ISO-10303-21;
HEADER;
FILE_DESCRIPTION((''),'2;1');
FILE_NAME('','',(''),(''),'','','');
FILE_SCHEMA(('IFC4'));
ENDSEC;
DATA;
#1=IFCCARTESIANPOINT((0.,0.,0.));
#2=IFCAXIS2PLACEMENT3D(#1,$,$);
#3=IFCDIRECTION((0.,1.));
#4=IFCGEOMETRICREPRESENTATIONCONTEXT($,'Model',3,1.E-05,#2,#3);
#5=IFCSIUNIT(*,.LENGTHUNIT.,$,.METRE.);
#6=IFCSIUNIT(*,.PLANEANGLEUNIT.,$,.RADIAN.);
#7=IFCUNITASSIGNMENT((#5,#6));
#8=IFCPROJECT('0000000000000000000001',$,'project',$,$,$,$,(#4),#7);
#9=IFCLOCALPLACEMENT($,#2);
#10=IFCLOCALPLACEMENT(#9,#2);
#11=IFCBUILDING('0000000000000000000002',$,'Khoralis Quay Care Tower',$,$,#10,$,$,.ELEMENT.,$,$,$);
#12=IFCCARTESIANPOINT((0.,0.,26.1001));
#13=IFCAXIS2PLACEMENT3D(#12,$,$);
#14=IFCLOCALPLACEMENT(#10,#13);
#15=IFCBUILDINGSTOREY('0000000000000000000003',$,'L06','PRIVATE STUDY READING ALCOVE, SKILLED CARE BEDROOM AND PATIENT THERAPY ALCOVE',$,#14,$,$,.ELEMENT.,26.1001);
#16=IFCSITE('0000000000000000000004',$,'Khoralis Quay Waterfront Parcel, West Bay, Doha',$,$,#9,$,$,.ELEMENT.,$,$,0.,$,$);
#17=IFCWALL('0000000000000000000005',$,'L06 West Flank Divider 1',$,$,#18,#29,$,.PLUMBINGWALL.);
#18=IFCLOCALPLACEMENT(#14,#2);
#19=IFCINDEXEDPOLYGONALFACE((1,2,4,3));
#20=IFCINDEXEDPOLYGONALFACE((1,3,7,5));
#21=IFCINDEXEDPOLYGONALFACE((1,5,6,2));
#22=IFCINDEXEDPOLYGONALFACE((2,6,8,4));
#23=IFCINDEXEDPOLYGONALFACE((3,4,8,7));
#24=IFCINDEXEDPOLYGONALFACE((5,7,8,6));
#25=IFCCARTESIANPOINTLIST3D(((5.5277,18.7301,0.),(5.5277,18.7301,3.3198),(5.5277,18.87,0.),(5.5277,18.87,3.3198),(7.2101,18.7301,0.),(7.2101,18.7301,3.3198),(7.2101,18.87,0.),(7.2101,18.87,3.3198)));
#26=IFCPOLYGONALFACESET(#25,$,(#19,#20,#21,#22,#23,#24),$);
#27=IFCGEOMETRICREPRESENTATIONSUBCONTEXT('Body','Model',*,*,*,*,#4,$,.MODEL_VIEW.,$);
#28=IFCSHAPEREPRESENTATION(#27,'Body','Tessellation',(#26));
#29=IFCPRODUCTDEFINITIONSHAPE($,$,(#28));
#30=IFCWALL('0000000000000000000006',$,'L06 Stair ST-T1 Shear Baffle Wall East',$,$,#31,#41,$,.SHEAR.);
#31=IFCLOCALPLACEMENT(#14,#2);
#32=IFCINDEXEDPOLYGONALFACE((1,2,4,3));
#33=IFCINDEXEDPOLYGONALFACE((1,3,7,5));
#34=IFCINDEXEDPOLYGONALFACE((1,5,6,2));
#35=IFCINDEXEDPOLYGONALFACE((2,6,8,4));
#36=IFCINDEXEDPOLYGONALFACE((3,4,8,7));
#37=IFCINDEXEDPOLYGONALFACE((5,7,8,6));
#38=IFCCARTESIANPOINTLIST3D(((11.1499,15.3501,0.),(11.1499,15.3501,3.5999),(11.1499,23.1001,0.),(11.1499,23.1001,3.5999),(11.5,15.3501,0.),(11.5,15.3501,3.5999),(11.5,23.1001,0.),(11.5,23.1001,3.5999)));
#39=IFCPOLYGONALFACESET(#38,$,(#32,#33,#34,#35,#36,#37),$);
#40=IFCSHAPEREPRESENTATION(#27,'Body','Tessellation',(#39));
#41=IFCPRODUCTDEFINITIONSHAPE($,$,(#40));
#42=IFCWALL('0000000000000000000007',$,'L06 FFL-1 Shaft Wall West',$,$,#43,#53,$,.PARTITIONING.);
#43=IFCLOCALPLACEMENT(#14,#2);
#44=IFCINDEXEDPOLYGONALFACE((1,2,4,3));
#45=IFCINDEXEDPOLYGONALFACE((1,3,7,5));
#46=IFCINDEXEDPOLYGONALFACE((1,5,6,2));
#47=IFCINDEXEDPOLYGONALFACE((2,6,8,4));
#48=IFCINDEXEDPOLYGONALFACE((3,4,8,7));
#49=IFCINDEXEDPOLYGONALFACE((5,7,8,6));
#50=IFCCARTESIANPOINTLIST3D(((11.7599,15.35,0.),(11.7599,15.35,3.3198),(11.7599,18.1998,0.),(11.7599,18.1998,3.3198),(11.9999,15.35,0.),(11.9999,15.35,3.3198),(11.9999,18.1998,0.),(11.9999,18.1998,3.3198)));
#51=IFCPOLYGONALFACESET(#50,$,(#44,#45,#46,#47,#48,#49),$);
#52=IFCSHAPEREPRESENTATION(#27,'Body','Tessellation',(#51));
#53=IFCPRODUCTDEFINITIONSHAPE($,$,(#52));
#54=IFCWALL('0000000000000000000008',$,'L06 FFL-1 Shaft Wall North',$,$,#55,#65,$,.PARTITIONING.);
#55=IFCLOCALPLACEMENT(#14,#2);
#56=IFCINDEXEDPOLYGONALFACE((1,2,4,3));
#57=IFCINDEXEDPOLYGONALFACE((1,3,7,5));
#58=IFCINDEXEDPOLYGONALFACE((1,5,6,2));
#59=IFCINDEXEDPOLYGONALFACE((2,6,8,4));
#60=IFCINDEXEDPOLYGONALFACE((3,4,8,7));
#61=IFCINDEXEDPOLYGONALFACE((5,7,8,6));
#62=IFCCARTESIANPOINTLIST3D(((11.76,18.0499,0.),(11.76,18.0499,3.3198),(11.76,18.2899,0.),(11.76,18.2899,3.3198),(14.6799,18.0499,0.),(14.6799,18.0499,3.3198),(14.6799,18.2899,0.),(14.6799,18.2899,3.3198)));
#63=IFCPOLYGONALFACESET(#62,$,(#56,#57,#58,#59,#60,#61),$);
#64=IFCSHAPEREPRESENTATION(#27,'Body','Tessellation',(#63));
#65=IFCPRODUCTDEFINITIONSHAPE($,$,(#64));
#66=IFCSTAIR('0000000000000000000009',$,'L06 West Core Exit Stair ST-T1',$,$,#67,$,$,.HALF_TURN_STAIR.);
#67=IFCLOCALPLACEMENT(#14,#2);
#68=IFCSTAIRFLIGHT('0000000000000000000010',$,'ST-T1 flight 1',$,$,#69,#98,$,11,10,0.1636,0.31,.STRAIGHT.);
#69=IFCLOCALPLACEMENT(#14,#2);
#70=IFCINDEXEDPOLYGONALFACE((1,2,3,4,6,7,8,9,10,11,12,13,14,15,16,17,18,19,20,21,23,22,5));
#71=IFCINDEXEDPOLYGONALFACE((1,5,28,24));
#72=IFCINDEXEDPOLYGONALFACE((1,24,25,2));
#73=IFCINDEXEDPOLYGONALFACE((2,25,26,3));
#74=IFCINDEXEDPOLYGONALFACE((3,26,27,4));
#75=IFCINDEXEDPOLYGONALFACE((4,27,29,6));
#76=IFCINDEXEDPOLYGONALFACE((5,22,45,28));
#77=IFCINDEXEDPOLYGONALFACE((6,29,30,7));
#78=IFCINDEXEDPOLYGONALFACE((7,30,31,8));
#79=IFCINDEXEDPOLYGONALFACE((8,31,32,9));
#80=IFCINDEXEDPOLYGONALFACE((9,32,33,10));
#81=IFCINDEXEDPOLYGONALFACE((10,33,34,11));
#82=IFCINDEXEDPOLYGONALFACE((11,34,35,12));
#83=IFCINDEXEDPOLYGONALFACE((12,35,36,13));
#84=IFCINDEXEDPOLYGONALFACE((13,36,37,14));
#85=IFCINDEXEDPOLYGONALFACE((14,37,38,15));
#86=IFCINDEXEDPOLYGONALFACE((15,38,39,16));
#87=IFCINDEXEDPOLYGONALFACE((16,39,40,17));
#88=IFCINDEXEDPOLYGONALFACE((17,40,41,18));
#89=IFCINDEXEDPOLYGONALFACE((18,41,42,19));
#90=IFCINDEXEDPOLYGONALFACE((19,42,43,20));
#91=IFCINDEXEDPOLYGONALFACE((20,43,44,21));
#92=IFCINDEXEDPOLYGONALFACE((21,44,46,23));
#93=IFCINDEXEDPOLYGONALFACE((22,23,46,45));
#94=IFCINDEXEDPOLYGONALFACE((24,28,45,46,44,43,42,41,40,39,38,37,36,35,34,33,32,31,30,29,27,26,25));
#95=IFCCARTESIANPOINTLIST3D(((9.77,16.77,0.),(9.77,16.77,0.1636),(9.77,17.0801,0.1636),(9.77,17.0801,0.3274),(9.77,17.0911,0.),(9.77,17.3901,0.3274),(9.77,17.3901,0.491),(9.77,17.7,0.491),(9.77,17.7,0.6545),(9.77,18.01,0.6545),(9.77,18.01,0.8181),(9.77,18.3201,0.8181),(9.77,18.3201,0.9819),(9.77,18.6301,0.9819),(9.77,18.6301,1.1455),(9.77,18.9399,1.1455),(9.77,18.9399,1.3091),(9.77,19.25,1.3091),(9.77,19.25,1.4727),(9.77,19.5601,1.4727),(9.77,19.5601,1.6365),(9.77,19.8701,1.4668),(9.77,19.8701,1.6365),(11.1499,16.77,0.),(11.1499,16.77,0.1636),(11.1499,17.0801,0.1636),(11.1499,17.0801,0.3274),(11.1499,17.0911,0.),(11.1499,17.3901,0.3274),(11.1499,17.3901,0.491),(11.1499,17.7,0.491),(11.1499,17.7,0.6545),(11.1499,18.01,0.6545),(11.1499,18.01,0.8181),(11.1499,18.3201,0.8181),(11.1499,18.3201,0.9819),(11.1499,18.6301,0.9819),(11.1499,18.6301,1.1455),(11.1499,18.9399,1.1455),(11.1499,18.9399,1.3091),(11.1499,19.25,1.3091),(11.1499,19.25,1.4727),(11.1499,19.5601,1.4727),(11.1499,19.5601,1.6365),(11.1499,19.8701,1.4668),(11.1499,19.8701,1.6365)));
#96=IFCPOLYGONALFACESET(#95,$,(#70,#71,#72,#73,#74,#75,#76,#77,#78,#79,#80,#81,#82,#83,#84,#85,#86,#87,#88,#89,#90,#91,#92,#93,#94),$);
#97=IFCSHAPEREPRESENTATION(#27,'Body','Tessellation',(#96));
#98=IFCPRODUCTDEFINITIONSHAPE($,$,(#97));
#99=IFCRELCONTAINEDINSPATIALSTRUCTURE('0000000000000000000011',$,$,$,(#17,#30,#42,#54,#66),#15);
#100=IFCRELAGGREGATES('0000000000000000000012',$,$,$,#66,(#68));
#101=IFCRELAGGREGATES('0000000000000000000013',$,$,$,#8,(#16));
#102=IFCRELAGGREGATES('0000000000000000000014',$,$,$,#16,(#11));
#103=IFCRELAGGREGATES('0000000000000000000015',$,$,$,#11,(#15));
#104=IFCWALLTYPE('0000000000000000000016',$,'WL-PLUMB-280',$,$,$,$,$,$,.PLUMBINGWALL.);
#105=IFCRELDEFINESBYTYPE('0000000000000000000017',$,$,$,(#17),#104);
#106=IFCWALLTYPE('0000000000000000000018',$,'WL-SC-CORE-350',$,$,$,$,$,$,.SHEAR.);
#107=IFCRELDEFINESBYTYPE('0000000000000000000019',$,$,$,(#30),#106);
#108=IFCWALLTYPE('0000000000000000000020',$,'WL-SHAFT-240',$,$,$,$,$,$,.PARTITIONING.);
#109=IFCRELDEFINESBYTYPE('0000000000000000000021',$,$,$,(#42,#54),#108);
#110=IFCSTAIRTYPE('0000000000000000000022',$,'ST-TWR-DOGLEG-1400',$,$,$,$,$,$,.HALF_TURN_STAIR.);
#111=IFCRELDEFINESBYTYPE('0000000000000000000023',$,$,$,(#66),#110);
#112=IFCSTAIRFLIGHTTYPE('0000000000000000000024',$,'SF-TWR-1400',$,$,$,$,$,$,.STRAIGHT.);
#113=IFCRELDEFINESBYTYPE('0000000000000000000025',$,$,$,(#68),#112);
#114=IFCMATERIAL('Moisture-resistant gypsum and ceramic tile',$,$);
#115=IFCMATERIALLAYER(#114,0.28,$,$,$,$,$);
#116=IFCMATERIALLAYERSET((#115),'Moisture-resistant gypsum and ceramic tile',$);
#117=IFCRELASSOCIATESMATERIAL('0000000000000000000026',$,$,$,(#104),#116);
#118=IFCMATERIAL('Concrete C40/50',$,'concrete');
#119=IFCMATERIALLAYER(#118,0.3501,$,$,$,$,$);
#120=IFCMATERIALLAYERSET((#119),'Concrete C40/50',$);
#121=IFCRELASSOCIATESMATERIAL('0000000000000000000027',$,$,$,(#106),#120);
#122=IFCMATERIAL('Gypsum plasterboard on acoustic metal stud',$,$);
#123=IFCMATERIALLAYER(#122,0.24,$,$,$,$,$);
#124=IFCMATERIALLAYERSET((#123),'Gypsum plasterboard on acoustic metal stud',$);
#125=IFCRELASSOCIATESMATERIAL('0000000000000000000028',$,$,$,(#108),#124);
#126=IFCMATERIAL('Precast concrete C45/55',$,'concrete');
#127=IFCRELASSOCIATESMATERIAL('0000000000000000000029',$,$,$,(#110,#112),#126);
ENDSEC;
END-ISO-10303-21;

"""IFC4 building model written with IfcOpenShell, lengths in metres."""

from ifc_helpers import new_model, si_unit, direction, frame, frame_2d, origin, place, context, subcontext, project, spatial, polyline, rectangle, outline, extrude, source, transform, mapped, material, layer, layer_set, type_object, element, aggregate, save


model = new_model("IFC4")

# Units and contexts
model_context = context("Model", 3, precision=1e-05, world=origin(), true_north=direction((0.0, 1.0)))
body_context = subcontext(model_context, "Body", "Model", "MODEL_VIEW")
ifc_project = project(units=[si_unit("LENGTHUNIT", "METRE"), si_unit("PLANEANGLEUNIT", "RADIAN")], contexts=[model_context])

# Site, building, storey
site_placement = place(None, origin())
site = spatial("IfcSite", under=ifc_project, at=site_placement, Name="Khoralis Quay Waterfront Parcel, West Bay, Doha", CompositionType="ELEMENT", RefElevation=0.0)
building_placement = place(site_placement, origin())
building = spatial("IfcBuilding", under=site, at=building_placement, Name="Khoralis Quay Care Tower", CompositionType="ELEMENT")
storey_placement = place(building_placement, frame((0.0, 0.0, 26.1001)))
storey = spatial("IfcBuildingStorey", under=building, at=storey_placement, Name="L06", Description="PRIVATE STUDY READING ALCOVE, SKILLED CARE BEDROOM AND PATIENT THERAPY ALCOVE", CompositionType="ELEMENT", Elevation=26.1001)

# Shared definitions
ifc_material_1 = material(Name="Gypsum plasterboard on acoustic metal stud")

# Walls
ifc_material_2 = material(Name="Moisture-resistant gypsum and ceramic tile")
ifc_layer_1 = layer(ifc_material_2, 0.28)
ifc_layer_set_1 = layer_set([ifc_layer_1], Name="Moisture-resistant gypsum and ceramic tile")
wall_type_1 = type_object("IfcWallType", Name="WL-PLUMB-280", PredefinedType="PLUMBINGWALL", material=ifc_layer_set_1)
wall_1_placement = place(storey_placement, frame((5.5276, 18.8, 0.0), z_axis=(0.0, 0.0, 1.0), x_axis=(1.0, 0.0, 0.0)))
element("IfcWall", 1, at=wall_1_placement, inside=storey, type_object=wall_type_1, Name="L06 West Flank Divider 1", PredefinedType="PLUMBINGWALL", context=body_context, shape_type="SweptSolid", body=[
    extrude(rectangle(XDim=1.6824, YDim=0.1399, at=frame_2d((0.8413, 0.0))), origin(), (0.0, 0.0, 1.0), 3.3198),
])
ifc_material_3 = material(Name="Concrete C40/50", Category="concrete")
ifc_layer_2 = layer(ifc_material_3, 0.3501)
ifc_layer_set_2 = layer_set([ifc_layer_2], Name="Concrete C40/50")
wall_type_2 = type_object("IfcWallType", Name="WL-SC-CORE-350", PredefinedType="SHEAR", material=ifc_layer_set_2)
wall_2_placement = place(storey_placement, frame((11.325, 15.3501, 0.0), z_axis=(0.0, 0.0, 1.0), x_axis=(0.0, 1.0, 0.0)))
element("IfcWall", 2, at=wall_2_placement, inside=storey, type_object=wall_type_2, Name="L06 Stair ST-T1 Shear Baffle Wall East", PredefinedType="SHEAR", context=body_context, shape_type="SweptSolid", body=[
    extrude(rectangle(XDim=7.75, YDim=0.3501, at=frame_2d((3.875, 0.0))), origin(), (0.0, 0.0, 1.0), 3.5999),
])
ifc_layer_3 = layer(ifc_material_1, 0.24)
ifc_layer_set_3 = layer_set([ifc_layer_3], Name="Gypsum plasterboard on acoustic metal stud")
wall_type_3 = type_object("IfcWallType", Name="WL-SHAFT-240", PredefinedType="PARTITIONING", material=ifc_layer_set_3)
wall_3_placement = place(storey_placement, frame((11.8799, 15.3501, 0.0), z_axis=(0.0, 0.0, 1.0), x_axis=(0.0, 1.0, 0.0)))
element("IfcWall", 3, at=wall_3_placement, inside=storey, type_object=wall_type_3, Name="L06 FFL-1 Shaft Wall West", PredefinedType="PARTITIONING", context=body_context, shape_type="SweptSolid", body=[
    extrude(rectangle(XDim=2.8499, YDim=0.24, at=frame_2d((1.4248, 0.0))), origin(), (0.0, 0.0, 1.0), 3.3198),
])
wall_4_placement = place(storey_placement, frame((11.76, 18.1699, 0.0), z_axis=(0.0, 0.0, 1.0), x_axis=(1.0, 0.0, 0.0)))
element("IfcWall", 4, at=wall_4_placement, inside=storey, type_object=wall_type_3, Name="L06 FFL-1 Shaft Wall North", PredefinedType="PARTITIONING", context=body_context, shape_type="SweptSolid", body=[
    extrude(rectangle(XDim=2.9199, YDim=0.24, at=frame_2d((1.46, 0.0))), origin(), (0.0, 0.0, 1.0), 3.3198),
])

# Stair, stair flight
ifc_material_4 = material(Name="Precast concrete C45/55", Category="concrete")
stair_type = type_object("IfcStairType", Name="ST-TWR-DOGLEG-1400", PredefinedType="HALF_TURN_STAIR", material=ifc_material_4)
stair_placement = place(storey_placement, origin())
stair = element("IfcStair", 5, at=stair_placement, inside=storey, type_object=stair_type, Name="L06 West Core Exit Stair ST-T1", PredefinedType="HALF_TURN_STAIR")
stair_flight_type = type_object("IfcStairFlightType", Name="SF-TWR-1400", PredefinedType="STRAIGHT", material=ifc_material_4)
shared_shape_1 = source(origin(), body_context, "Body", "SweptSolid", [
    extrude(outline(polyline([(0.0, 0.0), (0.0, 0.1636), (0.3101, 0.1636), (0.3101, 0.3274), (0.6201, 0.3274), (0.6201, 0.491), (0.9299, 0.491), (0.9299, 0.6545), (1.24, 0.6545), (1.24, 0.8181), (1.55, 0.8181), (1.55, 0.9819), (1.8601, 0.9819), (1.8601, 1.1455), (2.1699, 1.1455), (2.1699, 1.3091), (2.48, 1.3091), (2.48, 1.4727), (2.79, 1.4727), (2.79, 1.6365), (3.1001, 1.6365), (3.1001, 1.8), (3.1001, 1.4668), (0.321, 0.0), (0.0, 0.0)])), frame((0.0, 0.6899, 0.0), z_axis=(0.0, -1.0, 0.0), x_axis=(1.0, 0.0, 0.0)), (0.0, 0.0, 1.0), 1.3799),
])
stair_flight_placement = place(storey_placement, frame((10.46, 16.77, 0.0), z_axis=(0.0, 0.0, 1.0), x_axis=(0.0, 1.0, 0.0)))
stair_flight = element("IfcStairFlight", 6, at=stair_flight_placement, type_object=stair_flight_type, Name="ST-T1 flight 1", NumberOfRisers=11, NumberOfTreads=10, PredefinedType="STRAIGHT", RiserHeight=0.1636, TreadLength=0.31, context=body_context, shape_type="MappedRepresentation", body=[
    mapped(shared_shape_1, transform((0.0, 0.0, 0.0), scale=1.0)),
])
aggregate(stair, [stair_flight])

save(model, "model.ifc")
